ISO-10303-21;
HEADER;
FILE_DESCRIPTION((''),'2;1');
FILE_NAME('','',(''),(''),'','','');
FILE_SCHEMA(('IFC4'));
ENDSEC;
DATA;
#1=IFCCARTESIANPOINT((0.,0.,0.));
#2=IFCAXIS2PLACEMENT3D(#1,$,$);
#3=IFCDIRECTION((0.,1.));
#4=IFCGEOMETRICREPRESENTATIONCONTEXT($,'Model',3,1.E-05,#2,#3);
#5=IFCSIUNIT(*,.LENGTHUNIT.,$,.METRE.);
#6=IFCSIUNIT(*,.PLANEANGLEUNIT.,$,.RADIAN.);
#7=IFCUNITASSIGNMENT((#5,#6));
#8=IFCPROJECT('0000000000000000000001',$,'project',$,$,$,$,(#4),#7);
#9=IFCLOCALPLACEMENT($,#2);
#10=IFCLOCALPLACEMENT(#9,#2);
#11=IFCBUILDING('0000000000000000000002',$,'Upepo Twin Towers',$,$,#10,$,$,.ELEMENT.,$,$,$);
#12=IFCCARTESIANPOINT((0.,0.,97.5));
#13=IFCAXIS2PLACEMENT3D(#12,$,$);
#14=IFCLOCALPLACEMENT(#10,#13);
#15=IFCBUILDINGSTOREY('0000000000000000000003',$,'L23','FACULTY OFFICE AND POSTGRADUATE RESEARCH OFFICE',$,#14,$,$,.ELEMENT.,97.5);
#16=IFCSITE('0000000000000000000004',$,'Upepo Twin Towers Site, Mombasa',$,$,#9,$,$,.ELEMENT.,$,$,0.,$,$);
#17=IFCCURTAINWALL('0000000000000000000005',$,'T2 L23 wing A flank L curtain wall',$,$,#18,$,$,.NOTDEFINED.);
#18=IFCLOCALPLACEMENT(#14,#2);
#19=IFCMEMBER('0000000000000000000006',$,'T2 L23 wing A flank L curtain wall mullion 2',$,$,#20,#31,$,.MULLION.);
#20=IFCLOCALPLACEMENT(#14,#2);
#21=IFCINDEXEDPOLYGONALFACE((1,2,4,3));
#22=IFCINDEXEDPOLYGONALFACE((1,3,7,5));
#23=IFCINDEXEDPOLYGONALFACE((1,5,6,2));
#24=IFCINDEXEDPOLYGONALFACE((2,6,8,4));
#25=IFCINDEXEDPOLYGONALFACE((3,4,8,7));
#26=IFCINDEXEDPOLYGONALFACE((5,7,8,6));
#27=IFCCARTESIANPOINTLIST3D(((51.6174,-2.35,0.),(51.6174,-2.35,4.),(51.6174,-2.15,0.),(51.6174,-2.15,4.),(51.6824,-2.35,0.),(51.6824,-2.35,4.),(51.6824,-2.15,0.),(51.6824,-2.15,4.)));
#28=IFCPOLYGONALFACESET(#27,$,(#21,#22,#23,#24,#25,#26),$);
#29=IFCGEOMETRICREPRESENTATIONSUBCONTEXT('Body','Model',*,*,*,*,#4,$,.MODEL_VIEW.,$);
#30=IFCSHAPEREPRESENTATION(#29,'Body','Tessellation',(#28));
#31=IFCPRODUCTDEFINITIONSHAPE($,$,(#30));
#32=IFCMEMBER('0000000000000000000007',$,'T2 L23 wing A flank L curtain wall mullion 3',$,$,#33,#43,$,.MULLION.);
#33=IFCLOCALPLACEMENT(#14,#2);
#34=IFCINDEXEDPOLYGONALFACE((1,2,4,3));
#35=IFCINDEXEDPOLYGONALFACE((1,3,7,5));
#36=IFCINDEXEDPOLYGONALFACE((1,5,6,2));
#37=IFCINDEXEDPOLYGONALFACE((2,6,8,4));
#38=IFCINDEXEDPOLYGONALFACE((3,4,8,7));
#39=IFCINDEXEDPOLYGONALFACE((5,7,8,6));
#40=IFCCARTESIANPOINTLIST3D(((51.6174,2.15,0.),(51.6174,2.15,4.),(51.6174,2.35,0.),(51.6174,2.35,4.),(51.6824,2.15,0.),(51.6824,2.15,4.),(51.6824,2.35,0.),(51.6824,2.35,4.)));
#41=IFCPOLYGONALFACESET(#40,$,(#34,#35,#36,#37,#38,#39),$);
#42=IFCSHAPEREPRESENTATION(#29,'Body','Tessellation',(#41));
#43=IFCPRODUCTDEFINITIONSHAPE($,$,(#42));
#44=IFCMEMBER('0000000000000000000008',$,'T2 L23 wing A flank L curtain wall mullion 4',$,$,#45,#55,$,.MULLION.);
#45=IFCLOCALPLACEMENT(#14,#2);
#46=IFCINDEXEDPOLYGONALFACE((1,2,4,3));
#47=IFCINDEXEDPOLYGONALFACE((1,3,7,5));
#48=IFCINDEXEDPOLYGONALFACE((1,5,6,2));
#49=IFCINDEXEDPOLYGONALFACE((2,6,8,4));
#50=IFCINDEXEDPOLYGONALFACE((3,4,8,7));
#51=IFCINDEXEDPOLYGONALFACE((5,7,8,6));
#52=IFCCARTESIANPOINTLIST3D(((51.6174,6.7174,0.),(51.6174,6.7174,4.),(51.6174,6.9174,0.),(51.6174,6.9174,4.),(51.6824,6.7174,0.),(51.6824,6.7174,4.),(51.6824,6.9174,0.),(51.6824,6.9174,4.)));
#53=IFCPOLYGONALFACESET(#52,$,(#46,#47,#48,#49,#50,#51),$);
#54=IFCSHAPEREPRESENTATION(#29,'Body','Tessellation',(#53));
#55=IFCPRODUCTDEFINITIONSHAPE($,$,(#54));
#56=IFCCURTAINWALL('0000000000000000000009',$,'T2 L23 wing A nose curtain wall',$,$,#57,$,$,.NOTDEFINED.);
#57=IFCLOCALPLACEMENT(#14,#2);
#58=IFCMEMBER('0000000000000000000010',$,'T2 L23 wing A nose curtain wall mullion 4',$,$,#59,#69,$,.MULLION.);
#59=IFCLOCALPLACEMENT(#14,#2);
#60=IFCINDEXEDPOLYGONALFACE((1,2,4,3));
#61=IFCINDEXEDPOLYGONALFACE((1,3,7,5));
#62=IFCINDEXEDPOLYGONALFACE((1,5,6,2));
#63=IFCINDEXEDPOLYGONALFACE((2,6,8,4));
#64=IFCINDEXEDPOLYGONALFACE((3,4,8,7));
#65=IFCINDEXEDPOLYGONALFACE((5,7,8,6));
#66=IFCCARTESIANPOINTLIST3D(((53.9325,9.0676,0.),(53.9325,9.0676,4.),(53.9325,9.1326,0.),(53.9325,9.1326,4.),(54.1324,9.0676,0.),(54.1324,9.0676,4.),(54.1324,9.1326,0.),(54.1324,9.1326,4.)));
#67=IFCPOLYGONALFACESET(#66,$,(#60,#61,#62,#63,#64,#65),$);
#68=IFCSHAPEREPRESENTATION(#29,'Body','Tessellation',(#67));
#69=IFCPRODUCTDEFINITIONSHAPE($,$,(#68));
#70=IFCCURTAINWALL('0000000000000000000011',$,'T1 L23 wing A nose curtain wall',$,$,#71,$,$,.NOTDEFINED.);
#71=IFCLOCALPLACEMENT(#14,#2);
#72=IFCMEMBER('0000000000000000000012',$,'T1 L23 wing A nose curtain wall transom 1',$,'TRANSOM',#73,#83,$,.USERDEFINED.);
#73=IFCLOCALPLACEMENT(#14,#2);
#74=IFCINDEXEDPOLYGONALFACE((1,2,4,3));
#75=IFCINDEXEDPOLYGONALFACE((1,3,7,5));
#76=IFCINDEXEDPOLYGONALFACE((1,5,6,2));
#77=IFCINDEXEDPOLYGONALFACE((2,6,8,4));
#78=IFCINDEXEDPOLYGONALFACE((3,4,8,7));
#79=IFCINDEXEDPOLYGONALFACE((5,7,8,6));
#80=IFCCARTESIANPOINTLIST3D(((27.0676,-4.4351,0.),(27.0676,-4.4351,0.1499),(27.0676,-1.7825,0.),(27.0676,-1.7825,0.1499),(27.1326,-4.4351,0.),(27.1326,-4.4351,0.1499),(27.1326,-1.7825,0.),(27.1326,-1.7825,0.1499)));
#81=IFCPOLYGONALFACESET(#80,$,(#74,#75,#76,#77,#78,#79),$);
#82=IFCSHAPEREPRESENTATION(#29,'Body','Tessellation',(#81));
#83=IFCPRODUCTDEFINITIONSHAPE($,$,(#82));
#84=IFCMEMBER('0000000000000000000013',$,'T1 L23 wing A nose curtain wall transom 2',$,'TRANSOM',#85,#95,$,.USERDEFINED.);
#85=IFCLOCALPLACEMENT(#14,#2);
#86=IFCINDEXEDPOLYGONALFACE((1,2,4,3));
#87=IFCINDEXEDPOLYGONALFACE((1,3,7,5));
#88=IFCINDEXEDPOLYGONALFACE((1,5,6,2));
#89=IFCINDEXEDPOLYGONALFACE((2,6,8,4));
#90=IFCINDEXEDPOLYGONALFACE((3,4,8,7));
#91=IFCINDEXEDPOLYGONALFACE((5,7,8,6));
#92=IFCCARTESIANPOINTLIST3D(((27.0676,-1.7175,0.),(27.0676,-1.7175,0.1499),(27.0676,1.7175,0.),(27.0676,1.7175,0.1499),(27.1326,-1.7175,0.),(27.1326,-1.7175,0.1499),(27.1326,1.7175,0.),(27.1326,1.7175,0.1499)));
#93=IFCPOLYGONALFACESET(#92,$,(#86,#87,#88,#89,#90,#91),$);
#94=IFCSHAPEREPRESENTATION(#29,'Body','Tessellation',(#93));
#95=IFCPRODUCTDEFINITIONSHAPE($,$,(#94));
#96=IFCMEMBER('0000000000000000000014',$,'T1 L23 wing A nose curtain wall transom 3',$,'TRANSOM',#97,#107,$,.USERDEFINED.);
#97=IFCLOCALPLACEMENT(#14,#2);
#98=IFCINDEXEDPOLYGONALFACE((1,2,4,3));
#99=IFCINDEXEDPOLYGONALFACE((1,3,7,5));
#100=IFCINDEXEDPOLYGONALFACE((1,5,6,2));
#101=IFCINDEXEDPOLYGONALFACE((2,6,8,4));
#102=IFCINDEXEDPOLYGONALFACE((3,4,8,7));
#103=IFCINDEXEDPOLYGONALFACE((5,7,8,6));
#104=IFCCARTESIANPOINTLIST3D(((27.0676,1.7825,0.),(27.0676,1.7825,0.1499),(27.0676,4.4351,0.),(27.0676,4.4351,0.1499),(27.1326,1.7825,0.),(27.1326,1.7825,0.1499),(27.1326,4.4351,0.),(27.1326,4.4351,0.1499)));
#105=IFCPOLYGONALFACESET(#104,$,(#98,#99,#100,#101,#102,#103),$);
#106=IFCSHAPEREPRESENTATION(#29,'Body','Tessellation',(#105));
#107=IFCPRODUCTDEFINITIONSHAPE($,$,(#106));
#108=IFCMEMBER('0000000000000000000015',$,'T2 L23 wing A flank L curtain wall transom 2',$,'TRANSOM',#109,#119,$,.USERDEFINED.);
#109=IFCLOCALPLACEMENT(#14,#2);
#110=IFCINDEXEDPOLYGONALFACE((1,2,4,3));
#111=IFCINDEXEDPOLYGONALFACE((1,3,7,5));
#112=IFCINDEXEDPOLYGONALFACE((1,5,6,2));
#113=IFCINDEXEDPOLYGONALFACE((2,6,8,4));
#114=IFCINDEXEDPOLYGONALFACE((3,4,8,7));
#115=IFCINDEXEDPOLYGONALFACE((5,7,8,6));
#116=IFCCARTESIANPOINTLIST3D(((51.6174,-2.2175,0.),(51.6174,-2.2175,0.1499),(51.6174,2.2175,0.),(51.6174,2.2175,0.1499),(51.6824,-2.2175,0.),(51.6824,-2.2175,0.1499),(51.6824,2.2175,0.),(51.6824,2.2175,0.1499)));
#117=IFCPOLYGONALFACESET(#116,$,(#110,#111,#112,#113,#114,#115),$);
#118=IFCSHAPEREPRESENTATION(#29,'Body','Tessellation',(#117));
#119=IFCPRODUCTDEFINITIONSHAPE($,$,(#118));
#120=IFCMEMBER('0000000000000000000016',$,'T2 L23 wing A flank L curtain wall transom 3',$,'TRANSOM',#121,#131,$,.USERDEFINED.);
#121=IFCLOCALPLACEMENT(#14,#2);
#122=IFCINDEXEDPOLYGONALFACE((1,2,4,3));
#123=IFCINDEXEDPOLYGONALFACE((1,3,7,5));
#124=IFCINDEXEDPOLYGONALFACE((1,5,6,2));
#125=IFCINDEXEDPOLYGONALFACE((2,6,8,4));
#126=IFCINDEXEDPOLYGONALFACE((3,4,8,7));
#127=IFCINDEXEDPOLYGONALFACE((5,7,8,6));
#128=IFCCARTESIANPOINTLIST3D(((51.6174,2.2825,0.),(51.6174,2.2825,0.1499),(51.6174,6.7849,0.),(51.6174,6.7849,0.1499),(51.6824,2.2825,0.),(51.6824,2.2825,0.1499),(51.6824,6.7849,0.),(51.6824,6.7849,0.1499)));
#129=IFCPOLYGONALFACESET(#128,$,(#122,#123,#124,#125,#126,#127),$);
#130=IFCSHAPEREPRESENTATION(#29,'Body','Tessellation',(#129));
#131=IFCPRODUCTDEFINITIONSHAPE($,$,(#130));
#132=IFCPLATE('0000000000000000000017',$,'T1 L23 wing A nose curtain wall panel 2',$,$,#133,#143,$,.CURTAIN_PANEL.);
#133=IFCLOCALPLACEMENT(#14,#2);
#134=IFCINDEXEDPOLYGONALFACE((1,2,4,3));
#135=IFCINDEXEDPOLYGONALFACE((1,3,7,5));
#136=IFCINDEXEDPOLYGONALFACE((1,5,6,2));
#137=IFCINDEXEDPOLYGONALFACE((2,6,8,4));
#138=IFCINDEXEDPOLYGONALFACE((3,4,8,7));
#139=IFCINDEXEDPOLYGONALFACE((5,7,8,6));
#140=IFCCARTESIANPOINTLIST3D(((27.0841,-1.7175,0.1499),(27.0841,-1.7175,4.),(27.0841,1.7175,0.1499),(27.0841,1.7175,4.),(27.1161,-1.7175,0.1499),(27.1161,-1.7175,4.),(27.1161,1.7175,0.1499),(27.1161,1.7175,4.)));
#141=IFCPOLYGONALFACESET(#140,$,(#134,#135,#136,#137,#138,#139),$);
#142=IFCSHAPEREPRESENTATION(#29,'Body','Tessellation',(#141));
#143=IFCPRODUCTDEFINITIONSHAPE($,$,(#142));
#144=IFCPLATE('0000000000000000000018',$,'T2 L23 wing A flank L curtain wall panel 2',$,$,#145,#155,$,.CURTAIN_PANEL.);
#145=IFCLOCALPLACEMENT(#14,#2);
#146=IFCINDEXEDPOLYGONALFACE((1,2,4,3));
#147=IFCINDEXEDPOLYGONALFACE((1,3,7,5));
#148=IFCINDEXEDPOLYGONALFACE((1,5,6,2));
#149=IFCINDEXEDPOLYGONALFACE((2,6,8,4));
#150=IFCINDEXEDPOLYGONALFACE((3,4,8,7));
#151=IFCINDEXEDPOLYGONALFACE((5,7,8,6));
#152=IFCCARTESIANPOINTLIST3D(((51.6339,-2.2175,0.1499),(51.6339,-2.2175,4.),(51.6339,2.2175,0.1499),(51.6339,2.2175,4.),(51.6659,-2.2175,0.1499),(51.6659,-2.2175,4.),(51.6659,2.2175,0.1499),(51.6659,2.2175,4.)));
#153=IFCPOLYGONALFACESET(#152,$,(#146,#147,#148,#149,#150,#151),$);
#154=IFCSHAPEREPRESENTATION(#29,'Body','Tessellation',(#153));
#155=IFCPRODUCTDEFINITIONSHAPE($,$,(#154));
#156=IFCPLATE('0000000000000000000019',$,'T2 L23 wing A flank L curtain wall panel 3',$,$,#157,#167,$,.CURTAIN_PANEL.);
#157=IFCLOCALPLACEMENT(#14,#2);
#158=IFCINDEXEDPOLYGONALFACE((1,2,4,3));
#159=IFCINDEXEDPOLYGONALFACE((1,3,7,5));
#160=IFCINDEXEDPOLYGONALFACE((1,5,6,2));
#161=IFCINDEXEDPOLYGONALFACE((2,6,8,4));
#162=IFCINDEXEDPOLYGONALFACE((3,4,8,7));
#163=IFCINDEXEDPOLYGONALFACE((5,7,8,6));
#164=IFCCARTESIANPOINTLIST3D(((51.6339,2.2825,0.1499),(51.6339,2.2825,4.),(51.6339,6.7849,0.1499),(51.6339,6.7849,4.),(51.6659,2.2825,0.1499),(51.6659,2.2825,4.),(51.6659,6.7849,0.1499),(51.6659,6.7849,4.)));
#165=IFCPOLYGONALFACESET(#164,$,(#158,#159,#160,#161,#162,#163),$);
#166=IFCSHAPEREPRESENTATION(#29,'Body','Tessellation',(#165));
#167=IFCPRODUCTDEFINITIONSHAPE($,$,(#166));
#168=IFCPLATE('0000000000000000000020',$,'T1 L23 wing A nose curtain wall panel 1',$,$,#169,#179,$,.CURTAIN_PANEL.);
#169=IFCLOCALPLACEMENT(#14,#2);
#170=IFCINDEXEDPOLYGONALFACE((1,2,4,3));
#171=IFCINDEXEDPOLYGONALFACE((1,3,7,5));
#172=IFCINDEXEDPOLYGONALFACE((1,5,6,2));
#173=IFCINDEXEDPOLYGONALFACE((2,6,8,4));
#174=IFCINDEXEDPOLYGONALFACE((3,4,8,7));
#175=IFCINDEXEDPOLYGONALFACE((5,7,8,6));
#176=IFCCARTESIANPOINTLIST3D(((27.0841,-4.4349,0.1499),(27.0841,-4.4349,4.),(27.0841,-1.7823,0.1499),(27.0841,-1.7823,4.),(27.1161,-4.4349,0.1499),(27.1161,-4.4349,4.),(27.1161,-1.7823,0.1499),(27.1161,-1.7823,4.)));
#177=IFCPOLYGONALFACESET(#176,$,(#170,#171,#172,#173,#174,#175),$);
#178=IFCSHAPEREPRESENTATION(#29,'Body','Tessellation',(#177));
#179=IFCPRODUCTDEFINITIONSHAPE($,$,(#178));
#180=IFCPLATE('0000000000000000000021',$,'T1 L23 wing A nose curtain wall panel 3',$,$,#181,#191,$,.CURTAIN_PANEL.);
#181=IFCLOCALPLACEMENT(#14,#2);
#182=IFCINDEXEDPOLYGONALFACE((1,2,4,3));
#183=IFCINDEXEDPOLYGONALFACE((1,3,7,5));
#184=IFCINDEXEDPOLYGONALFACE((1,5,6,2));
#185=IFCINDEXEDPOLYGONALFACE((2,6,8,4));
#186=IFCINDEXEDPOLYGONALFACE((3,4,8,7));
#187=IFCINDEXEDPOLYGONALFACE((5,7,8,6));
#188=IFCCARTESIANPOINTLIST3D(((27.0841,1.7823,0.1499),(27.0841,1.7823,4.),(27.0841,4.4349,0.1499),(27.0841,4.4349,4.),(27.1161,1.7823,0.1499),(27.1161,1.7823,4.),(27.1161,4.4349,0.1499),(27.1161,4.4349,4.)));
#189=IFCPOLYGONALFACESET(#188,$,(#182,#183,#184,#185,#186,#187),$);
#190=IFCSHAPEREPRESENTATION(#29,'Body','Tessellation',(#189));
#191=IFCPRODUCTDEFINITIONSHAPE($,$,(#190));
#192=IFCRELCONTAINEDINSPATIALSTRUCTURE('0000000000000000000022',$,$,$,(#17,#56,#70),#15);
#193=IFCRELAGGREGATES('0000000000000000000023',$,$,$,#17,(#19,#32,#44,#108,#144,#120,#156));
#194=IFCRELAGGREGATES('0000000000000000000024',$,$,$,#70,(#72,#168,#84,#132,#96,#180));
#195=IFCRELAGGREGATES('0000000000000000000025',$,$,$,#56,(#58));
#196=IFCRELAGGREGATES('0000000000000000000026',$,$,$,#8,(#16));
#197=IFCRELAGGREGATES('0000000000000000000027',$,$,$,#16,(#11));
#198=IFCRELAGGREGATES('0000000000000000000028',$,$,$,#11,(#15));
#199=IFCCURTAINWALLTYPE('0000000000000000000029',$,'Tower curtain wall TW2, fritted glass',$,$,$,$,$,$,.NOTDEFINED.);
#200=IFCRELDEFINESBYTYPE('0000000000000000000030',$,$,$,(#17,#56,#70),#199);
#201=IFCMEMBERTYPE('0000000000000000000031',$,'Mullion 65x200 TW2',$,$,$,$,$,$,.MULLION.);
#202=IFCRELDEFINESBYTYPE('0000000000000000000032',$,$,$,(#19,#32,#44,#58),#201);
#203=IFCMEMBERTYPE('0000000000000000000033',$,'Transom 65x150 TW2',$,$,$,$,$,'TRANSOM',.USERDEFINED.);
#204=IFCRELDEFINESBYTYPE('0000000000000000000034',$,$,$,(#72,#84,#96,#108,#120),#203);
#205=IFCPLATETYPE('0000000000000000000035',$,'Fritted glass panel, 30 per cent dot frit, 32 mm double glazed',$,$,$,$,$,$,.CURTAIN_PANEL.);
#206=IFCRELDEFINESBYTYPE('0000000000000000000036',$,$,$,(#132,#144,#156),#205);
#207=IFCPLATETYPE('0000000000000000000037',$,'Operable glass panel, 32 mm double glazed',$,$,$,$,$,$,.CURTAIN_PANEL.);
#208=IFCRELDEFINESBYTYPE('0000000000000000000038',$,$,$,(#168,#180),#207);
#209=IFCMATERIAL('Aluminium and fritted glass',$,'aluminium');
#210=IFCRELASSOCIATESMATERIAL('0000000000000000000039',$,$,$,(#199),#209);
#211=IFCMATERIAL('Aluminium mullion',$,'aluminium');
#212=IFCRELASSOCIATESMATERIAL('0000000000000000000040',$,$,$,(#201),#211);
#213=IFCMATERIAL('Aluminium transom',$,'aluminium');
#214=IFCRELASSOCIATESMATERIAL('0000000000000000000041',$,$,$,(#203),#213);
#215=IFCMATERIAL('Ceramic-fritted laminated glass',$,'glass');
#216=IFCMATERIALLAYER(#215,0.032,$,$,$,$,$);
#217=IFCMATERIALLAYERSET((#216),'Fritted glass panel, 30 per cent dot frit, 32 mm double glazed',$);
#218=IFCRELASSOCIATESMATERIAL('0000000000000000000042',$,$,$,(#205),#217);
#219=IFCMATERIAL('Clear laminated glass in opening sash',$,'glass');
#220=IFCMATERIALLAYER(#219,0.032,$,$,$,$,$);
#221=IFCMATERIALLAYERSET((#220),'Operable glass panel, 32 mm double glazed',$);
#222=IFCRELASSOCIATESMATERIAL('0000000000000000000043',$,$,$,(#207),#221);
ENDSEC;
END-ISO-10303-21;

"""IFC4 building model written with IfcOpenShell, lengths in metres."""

from ifc_helpers import new_model, si_unit, direction, frame, origin, origin_2d, place, context, subcontext, project, spatial, rectangle, extrude, material, layer, layer_set, material_profile, profile_set, type_object, element, aggregate, save


model = new_model("IFC4")

# Units and contexts
model_context = context("Model", 3, precision=1e-05, world=origin(), true_north=direction((0.0, 1.0)))
body_context = subcontext(model_context, "Body", "Model", "MODEL_VIEW")
ifc_project = project(units=[si_unit("LENGTHUNIT", "METRE"), si_unit("PLANEANGLEUNIT", "RADIAN")], contexts=[model_context])

# Site, building, storey
site_placement = place(None, origin())
site = spatial("IfcSite", under=ifc_project, at=site_placement, Name="Upepo Twin Towers Site, Mombasa", CompositionType="ELEMENT", RefElevation=0.0)
building_placement = place(site_placement, origin())
building = spatial("IfcBuilding", under=site, at=building_placement, Name="Upepo Twin Towers", CompositionType="ELEMENT")
storey_placement = place(building_placement, frame((0.0, 0.0, 97.5)))
storey = spatial("IfcBuildingStorey", under=building, at=storey_placement, Name="L23", Description="FACULTY OFFICE AND POSTGRADUATE RESEARCH OFFICE", CompositionType="ELEMENT", Elevation=97.5)

# Curtain wall, members
ifc_material_1 = material(Name="Aluminium and fritted glass", Category="aluminium")
curtain_wall_type = type_object("IfcCurtainWallType", Name="Tower curtain wall TW2, fritted glass", PredefinedType="NOTDEFINED", material=ifc_material_1)
curtain_wall_1_placement = place(storey_placement, origin())
curtain_wall_1 = element("IfcCurtainWall", 1, at=curtain_wall_1_placement, inside=storey, type_object=curtain_wall_type, Name="T2 L23 wing A flank L curtain wall", PredefinedType="NOTDEFINED")
ifc_material_2 = material(Name="Aluminium mullion", Category="aluminium")
ifc_material_profile_1 = material_profile(ifc_material_2, rectangle(XDim=0.0649, YDim=0.2, at=origin_2d()), Name="MULLION 65x200")
ifc_profile_set_1 = profile_set([ifc_material_profile_1], Name="Aluminium mullion")
member_type_1 = type_object("IfcMemberType", Name="Mullion 65x200 TW2", PredefinedType="MULLION", material=ifc_profile_set_1)
member_1_placement = place(storey_placement, frame((51.6499, -2.25, 0.0), z_axis=(0.0, 0.0, 1.0), x_axis=(-1.0, 0.0, 0.0)))
member_1 = element("IfcMember", 2, at=member_1_placement, type_object=member_type_1, Name="T2 L23 wing A flank L curtain wall mullion 2", PredefinedType="MULLION", context=body_context, shape_type="SweptSolid", body=[
    extrude(rectangle(XDim=0.0649, YDim=0.2, at=origin_2d()), origin(), (0.0, 0.0, 1.0), 4.0),
])
member_2_placement = place(storey_placement, frame((51.6499, 2.25, 0.0), z_axis=(0.0, 0.0, 1.0), x_axis=(-1.0, 0.0, 0.0)))
member_2 = element("IfcMember", 3, at=member_2_placement, type_object=member_type_1, Name="T2 L23 wing A flank L curtain wall mullion 3", PredefinedType="MULLION", context=body_context, shape_type="SweptSolid", body=[
    extrude(rectangle(XDim=0.0649, YDim=0.2, at=origin_2d()), origin(), (0.0, 0.0, 1.0), 4.0),
])
member_3_placement = place(storey_placement, frame((51.6499, 6.8174, 0.0), z_axis=(0.0, 0.0, 1.0), x_axis=(-1.0, 0.0, 0.0)))
member_3 = element("IfcMember", 4, at=member_3_placement, type_object=member_type_1, Name="T2 L23 wing A flank L curtain wall mullion 4", PredefinedType="MULLION", context=body_context, shape_type="SweptSolid", body=[
    extrude(rectangle(XDim=0.0649, YDim=0.2, at=origin_2d()), origin(), (0.0, 0.0, 1.0), 4.0),
])

# Curtain wall, member
curtain_wall_2_placement = place(storey_placement, origin())
curtain_wall_2 = element("IfcCurtainWall", 5, at=curtain_wall_2_placement, inside=storey, type_object=curtain_wall_type, Name="T2 L23 wing A nose curtain wall", PredefinedType="NOTDEFINED")
member_4_placement = place(storey_placement, frame((54.0325, 9.1001, 0.0), z_axis=(0.0, 0.0, 1.0), x_axis=(0.0, -1.0, 0.0)))
member_4 = element("IfcMember", 6, at=member_4_placement, type_object=member_type_1, Name="T2 L23 wing A nose curtain wall mullion 4", PredefinedType="MULLION", context=body_context, shape_type="SweptSolid", body=[
    extrude(rectangle(XDim=0.0649, YDim=0.2, at=origin_2d()), origin(), (0.0, 0.0, 1.0), 4.0),
])

# Curtain wall, members
curtain_wall_3_placement = place(storey_placement, origin())
curtain_wall_3 = element("IfcCurtainWall", 7, at=curtain_wall_3_placement, inside=storey, type_object=curtain_wall_type, Name="T1 L23 wing A nose curtain wall", PredefinedType="NOTDEFINED")
ifc_material_3 = material(Name="Aluminium transom", Category="aluminium")
ifc_material_profile_2 = material_profile(ifc_material_3, rectangle(XDim=0.0649, YDim=0.1499, at=origin_2d()), Name="TRANSOM 65x150")
ifc_profile_set_2 = profile_set([ifc_material_profile_2], Name="Aluminium transom")
member_type_2 = type_object("IfcMemberType", Name="Transom 65x150 TW2", ElementType="TRANSOM", PredefinedType="USERDEFINED", material=ifc_profile_set_2)
member_5_placement = place(storey_placement, frame((27.1001, -4.4351, 0.075), z_axis=(0.0, 1.0, 0.0), x_axis=(-1.0, 0.0, 0.0)))
member_5 = element("IfcMember", 8, at=member_5_placement, type_object=member_type_2, Name="T1 L23 wing A nose curtain wall transom 1", ObjectType="TRANSOM", PredefinedType="USERDEFINED", context=body_context, shape_type="SweptSolid", body=[
    extrude(rectangle(XDim=0.0649, YDim=0.1499, at=origin_2d()), origin(), (0.0, 0.0, 1.0), 2.6526),
])
member_6_placement = place(storey_placement, frame((27.1001, -1.7175, 0.075), z_axis=(0.0, 1.0, 0.0), x_axis=(-1.0, 0.0, 0.0)))
member_6 = element("IfcMember", 9, at=member_6_placement, type_object=member_type_2, Name="T1 L23 wing A nose curtain wall transom 2", ObjectType="TRANSOM", PredefinedType="USERDEFINED", context=body_context, shape_type="SweptSolid", body=[
    extrude(rectangle(XDim=0.0649, YDim=0.1499, at=origin_2d()), origin(), (0.0, 0.0, 1.0), 3.4351),
])
member_7_placement = place(storey_placement, frame((27.1001, 1.7825, 0.075), z_axis=(0.0, 1.0, 0.0), x_axis=(-1.0, 0.0, 0.0)))
member_7 = element("IfcMember", 10, at=member_7_placement, type_object=member_type_2, Name="T1 L23 wing A nose curtain wall transom 3", ObjectType="TRANSOM", PredefinedType="USERDEFINED", context=body_context, shape_type="SweptSolid", body=[
    extrude(rectangle(XDim=0.0649, YDim=0.1499, at=origin_2d()), origin(), (0.0, 0.0, 1.0), 2.6526),
])

# Members
member_8_placement = place(storey_placement, frame((51.6499, -2.2175, 0.075), z_axis=(0.0, 1.0, 0.0), x_axis=(-1.0, 0.0, 0.0)))
member_8 = element("IfcMember", 11, at=member_8_placement, type_object=member_type_2, Name="T2 L23 wing A flank L curtain wall transom 2", ObjectType="TRANSOM", PredefinedType="USERDEFINED", context=body_context, shape_type="SweptSolid", body=[
    extrude(rectangle(XDim=0.0649, YDim=0.1499, at=origin_2d()), origin(), (0.0, 0.0, 1.0), 4.4351),
])
member_9_placement = place(storey_placement, frame((51.6499, 2.2825, 0.075), z_axis=(0.0, 1.0, 0.0), x_axis=(-1.0, 0.0, 0.0)))
member_9 = element("IfcMember", 12, at=member_9_placement, type_object=member_type_2, Name="T2 L23 wing A flank L curtain wall transom 3", ObjectType="TRANSOM", PredefinedType="USERDEFINED", context=body_context, shape_type="SweptSolid", body=[
    extrude(rectangle(XDim=0.0649, YDim=0.1499, at=origin_2d()), origin(), (0.0, 0.0, 1.0), 4.5024),
])

# Plates
ifc_material_4 = material(Name="Ceramic-fritted laminated glass", Category="glass")
ifc_layer_1 = layer(ifc_material_4, 0.032)
ifc_layer_set_1 = layer_set([ifc_layer_1], Name="Fritted glass panel, 30 per cent dot frit, 32 mm double glazed")
plate_type_1 = type_object("IfcPlateType", Name="Fritted glass panel, 30 per cent dot frit, 32 mm double glazed", PredefinedType="CURTAIN_PANEL", material=ifc_layer_set_1)
plate_1_placement = place(storey_placement, frame((27.1001, 0.0, 0.1499), z_axis=(0.0, 0.0, 1.0), x_axis=(0.0, 1.0, 0.0)))
plate_1 = element("IfcPlate", 13, at=plate_1_placement, type_object=plate_type_1, Name="T1 L23 wing A nose curtain wall panel 2", PredefinedType="CURTAIN_PANEL", context=body_context, shape_type="SweptSolid", body=[
    extrude(rectangle(XDim=3.4351, YDim=0.032, at=origin_2d()), origin(), (0.0, 0.0, 1.0), 3.8501),
])
plate_2_placement = place(storey_placement, frame((51.6499, 0.0, 0.1499), z_axis=(0.0, 0.0, 1.0), x_axis=(0.0, 1.0, 0.0)))
plate_2 = element("IfcPlate", 14, at=plate_2_placement, type_object=plate_type_1, Name="T2 L23 wing A flank L curtain wall panel 2", PredefinedType="CURTAIN_PANEL", context=body_context, shape_type="SweptSolid", body=[
    extrude(rectangle(XDim=4.4351, YDim=0.032, at=origin_2d()), origin(), (0.0, 0.0, 1.0), 3.8501),
])
plate_3_placement = place(storey_placement, frame((51.6499, 4.5337, 0.1499), z_axis=(0.0, 0.0, 1.0), x_axis=(0.0, 1.0, 0.0)))
plate_3 = element("IfcPlate", 15, at=plate_3_placement, type_object=plate_type_1, Name="T2 L23 wing A flank L curtain wall panel 3", PredefinedType="CURTAIN_PANEL", context=body_context, shape_type="SweptSolid", body=[
    extrude(rectangle(XDim=4.5024, YDim=0.032, at=origin_2d()), origin(), (0.0, 0.0, 1.0), 3.8501),
])
aggregate(curtain_wall_1, [member_1, member_2, member_3, member_8, plate_2, member_9, plate_3])
ifc_material_5 = material(Name="Clear laminated glass in opening sash", Category="glass")
ifc_layer_2 = layer(ifc_material_5, 0.032)
ifc_layer_set_2 = layer_set([ifc_layer_2], Name="Operable glass panel, 32 mm double glazed")
plate_type_2 = type_object("IfcPlateType", Name="Operable glass panel, 32 mm double glazed", PredefinedType="CURTAIN_PANEL", material=ifc_layer_set_2)
plate_4_placement = place(storey_placement, frame((27.1001, -3.1086, 0.1499), z_axis=(0.0, 0.0, 1.0), x_axis=(0.0, 1.0, 0.0)))
plate_4 = element("IfcPlate", 16, at=plate_4_placement, type_object=plate_type_2, Name="T1 L23 wing A nose curtain wall panel 1", PredefinedType="CURTAIN_PANEL", context=body_context, shape_type="SweptSolid", body=[
    extrude(rectangle(XDim=2.6526, YDim=0.032, at=origin_2d()), origin(), (0.0, 0.0, 1.0), 3.8501),
])
plate_5_placement = place(storey_placement, frame((27.1001, 3.1086, 0.1499), z_axis=(0.0, 0.0, 1.0), x_axis=(0.0, 1.0, 0.0)))
plate_5 = element("IfcPlate", 17, at=plate_5_placement, type_object=plate_type_2, Name="T1 L23 wing A nose curtain wall panel 3", PredefinedType="CURTAIN_PANEL", context=body_context, shape_type="SweptSolid", body=[
    extrude(rectangle(XDim=2.6526, YDim=0.032, at=origin_2d()), origin(), (0.0, 0.0, 1.0), 3.8501),
])
aggregate(curtain_wall_3, [member_5, plate_4, member_6, plate_1, member_7, plate_5])
aggregate(curtain_wall_2, [member_4])

save(model, "model.ifc")
